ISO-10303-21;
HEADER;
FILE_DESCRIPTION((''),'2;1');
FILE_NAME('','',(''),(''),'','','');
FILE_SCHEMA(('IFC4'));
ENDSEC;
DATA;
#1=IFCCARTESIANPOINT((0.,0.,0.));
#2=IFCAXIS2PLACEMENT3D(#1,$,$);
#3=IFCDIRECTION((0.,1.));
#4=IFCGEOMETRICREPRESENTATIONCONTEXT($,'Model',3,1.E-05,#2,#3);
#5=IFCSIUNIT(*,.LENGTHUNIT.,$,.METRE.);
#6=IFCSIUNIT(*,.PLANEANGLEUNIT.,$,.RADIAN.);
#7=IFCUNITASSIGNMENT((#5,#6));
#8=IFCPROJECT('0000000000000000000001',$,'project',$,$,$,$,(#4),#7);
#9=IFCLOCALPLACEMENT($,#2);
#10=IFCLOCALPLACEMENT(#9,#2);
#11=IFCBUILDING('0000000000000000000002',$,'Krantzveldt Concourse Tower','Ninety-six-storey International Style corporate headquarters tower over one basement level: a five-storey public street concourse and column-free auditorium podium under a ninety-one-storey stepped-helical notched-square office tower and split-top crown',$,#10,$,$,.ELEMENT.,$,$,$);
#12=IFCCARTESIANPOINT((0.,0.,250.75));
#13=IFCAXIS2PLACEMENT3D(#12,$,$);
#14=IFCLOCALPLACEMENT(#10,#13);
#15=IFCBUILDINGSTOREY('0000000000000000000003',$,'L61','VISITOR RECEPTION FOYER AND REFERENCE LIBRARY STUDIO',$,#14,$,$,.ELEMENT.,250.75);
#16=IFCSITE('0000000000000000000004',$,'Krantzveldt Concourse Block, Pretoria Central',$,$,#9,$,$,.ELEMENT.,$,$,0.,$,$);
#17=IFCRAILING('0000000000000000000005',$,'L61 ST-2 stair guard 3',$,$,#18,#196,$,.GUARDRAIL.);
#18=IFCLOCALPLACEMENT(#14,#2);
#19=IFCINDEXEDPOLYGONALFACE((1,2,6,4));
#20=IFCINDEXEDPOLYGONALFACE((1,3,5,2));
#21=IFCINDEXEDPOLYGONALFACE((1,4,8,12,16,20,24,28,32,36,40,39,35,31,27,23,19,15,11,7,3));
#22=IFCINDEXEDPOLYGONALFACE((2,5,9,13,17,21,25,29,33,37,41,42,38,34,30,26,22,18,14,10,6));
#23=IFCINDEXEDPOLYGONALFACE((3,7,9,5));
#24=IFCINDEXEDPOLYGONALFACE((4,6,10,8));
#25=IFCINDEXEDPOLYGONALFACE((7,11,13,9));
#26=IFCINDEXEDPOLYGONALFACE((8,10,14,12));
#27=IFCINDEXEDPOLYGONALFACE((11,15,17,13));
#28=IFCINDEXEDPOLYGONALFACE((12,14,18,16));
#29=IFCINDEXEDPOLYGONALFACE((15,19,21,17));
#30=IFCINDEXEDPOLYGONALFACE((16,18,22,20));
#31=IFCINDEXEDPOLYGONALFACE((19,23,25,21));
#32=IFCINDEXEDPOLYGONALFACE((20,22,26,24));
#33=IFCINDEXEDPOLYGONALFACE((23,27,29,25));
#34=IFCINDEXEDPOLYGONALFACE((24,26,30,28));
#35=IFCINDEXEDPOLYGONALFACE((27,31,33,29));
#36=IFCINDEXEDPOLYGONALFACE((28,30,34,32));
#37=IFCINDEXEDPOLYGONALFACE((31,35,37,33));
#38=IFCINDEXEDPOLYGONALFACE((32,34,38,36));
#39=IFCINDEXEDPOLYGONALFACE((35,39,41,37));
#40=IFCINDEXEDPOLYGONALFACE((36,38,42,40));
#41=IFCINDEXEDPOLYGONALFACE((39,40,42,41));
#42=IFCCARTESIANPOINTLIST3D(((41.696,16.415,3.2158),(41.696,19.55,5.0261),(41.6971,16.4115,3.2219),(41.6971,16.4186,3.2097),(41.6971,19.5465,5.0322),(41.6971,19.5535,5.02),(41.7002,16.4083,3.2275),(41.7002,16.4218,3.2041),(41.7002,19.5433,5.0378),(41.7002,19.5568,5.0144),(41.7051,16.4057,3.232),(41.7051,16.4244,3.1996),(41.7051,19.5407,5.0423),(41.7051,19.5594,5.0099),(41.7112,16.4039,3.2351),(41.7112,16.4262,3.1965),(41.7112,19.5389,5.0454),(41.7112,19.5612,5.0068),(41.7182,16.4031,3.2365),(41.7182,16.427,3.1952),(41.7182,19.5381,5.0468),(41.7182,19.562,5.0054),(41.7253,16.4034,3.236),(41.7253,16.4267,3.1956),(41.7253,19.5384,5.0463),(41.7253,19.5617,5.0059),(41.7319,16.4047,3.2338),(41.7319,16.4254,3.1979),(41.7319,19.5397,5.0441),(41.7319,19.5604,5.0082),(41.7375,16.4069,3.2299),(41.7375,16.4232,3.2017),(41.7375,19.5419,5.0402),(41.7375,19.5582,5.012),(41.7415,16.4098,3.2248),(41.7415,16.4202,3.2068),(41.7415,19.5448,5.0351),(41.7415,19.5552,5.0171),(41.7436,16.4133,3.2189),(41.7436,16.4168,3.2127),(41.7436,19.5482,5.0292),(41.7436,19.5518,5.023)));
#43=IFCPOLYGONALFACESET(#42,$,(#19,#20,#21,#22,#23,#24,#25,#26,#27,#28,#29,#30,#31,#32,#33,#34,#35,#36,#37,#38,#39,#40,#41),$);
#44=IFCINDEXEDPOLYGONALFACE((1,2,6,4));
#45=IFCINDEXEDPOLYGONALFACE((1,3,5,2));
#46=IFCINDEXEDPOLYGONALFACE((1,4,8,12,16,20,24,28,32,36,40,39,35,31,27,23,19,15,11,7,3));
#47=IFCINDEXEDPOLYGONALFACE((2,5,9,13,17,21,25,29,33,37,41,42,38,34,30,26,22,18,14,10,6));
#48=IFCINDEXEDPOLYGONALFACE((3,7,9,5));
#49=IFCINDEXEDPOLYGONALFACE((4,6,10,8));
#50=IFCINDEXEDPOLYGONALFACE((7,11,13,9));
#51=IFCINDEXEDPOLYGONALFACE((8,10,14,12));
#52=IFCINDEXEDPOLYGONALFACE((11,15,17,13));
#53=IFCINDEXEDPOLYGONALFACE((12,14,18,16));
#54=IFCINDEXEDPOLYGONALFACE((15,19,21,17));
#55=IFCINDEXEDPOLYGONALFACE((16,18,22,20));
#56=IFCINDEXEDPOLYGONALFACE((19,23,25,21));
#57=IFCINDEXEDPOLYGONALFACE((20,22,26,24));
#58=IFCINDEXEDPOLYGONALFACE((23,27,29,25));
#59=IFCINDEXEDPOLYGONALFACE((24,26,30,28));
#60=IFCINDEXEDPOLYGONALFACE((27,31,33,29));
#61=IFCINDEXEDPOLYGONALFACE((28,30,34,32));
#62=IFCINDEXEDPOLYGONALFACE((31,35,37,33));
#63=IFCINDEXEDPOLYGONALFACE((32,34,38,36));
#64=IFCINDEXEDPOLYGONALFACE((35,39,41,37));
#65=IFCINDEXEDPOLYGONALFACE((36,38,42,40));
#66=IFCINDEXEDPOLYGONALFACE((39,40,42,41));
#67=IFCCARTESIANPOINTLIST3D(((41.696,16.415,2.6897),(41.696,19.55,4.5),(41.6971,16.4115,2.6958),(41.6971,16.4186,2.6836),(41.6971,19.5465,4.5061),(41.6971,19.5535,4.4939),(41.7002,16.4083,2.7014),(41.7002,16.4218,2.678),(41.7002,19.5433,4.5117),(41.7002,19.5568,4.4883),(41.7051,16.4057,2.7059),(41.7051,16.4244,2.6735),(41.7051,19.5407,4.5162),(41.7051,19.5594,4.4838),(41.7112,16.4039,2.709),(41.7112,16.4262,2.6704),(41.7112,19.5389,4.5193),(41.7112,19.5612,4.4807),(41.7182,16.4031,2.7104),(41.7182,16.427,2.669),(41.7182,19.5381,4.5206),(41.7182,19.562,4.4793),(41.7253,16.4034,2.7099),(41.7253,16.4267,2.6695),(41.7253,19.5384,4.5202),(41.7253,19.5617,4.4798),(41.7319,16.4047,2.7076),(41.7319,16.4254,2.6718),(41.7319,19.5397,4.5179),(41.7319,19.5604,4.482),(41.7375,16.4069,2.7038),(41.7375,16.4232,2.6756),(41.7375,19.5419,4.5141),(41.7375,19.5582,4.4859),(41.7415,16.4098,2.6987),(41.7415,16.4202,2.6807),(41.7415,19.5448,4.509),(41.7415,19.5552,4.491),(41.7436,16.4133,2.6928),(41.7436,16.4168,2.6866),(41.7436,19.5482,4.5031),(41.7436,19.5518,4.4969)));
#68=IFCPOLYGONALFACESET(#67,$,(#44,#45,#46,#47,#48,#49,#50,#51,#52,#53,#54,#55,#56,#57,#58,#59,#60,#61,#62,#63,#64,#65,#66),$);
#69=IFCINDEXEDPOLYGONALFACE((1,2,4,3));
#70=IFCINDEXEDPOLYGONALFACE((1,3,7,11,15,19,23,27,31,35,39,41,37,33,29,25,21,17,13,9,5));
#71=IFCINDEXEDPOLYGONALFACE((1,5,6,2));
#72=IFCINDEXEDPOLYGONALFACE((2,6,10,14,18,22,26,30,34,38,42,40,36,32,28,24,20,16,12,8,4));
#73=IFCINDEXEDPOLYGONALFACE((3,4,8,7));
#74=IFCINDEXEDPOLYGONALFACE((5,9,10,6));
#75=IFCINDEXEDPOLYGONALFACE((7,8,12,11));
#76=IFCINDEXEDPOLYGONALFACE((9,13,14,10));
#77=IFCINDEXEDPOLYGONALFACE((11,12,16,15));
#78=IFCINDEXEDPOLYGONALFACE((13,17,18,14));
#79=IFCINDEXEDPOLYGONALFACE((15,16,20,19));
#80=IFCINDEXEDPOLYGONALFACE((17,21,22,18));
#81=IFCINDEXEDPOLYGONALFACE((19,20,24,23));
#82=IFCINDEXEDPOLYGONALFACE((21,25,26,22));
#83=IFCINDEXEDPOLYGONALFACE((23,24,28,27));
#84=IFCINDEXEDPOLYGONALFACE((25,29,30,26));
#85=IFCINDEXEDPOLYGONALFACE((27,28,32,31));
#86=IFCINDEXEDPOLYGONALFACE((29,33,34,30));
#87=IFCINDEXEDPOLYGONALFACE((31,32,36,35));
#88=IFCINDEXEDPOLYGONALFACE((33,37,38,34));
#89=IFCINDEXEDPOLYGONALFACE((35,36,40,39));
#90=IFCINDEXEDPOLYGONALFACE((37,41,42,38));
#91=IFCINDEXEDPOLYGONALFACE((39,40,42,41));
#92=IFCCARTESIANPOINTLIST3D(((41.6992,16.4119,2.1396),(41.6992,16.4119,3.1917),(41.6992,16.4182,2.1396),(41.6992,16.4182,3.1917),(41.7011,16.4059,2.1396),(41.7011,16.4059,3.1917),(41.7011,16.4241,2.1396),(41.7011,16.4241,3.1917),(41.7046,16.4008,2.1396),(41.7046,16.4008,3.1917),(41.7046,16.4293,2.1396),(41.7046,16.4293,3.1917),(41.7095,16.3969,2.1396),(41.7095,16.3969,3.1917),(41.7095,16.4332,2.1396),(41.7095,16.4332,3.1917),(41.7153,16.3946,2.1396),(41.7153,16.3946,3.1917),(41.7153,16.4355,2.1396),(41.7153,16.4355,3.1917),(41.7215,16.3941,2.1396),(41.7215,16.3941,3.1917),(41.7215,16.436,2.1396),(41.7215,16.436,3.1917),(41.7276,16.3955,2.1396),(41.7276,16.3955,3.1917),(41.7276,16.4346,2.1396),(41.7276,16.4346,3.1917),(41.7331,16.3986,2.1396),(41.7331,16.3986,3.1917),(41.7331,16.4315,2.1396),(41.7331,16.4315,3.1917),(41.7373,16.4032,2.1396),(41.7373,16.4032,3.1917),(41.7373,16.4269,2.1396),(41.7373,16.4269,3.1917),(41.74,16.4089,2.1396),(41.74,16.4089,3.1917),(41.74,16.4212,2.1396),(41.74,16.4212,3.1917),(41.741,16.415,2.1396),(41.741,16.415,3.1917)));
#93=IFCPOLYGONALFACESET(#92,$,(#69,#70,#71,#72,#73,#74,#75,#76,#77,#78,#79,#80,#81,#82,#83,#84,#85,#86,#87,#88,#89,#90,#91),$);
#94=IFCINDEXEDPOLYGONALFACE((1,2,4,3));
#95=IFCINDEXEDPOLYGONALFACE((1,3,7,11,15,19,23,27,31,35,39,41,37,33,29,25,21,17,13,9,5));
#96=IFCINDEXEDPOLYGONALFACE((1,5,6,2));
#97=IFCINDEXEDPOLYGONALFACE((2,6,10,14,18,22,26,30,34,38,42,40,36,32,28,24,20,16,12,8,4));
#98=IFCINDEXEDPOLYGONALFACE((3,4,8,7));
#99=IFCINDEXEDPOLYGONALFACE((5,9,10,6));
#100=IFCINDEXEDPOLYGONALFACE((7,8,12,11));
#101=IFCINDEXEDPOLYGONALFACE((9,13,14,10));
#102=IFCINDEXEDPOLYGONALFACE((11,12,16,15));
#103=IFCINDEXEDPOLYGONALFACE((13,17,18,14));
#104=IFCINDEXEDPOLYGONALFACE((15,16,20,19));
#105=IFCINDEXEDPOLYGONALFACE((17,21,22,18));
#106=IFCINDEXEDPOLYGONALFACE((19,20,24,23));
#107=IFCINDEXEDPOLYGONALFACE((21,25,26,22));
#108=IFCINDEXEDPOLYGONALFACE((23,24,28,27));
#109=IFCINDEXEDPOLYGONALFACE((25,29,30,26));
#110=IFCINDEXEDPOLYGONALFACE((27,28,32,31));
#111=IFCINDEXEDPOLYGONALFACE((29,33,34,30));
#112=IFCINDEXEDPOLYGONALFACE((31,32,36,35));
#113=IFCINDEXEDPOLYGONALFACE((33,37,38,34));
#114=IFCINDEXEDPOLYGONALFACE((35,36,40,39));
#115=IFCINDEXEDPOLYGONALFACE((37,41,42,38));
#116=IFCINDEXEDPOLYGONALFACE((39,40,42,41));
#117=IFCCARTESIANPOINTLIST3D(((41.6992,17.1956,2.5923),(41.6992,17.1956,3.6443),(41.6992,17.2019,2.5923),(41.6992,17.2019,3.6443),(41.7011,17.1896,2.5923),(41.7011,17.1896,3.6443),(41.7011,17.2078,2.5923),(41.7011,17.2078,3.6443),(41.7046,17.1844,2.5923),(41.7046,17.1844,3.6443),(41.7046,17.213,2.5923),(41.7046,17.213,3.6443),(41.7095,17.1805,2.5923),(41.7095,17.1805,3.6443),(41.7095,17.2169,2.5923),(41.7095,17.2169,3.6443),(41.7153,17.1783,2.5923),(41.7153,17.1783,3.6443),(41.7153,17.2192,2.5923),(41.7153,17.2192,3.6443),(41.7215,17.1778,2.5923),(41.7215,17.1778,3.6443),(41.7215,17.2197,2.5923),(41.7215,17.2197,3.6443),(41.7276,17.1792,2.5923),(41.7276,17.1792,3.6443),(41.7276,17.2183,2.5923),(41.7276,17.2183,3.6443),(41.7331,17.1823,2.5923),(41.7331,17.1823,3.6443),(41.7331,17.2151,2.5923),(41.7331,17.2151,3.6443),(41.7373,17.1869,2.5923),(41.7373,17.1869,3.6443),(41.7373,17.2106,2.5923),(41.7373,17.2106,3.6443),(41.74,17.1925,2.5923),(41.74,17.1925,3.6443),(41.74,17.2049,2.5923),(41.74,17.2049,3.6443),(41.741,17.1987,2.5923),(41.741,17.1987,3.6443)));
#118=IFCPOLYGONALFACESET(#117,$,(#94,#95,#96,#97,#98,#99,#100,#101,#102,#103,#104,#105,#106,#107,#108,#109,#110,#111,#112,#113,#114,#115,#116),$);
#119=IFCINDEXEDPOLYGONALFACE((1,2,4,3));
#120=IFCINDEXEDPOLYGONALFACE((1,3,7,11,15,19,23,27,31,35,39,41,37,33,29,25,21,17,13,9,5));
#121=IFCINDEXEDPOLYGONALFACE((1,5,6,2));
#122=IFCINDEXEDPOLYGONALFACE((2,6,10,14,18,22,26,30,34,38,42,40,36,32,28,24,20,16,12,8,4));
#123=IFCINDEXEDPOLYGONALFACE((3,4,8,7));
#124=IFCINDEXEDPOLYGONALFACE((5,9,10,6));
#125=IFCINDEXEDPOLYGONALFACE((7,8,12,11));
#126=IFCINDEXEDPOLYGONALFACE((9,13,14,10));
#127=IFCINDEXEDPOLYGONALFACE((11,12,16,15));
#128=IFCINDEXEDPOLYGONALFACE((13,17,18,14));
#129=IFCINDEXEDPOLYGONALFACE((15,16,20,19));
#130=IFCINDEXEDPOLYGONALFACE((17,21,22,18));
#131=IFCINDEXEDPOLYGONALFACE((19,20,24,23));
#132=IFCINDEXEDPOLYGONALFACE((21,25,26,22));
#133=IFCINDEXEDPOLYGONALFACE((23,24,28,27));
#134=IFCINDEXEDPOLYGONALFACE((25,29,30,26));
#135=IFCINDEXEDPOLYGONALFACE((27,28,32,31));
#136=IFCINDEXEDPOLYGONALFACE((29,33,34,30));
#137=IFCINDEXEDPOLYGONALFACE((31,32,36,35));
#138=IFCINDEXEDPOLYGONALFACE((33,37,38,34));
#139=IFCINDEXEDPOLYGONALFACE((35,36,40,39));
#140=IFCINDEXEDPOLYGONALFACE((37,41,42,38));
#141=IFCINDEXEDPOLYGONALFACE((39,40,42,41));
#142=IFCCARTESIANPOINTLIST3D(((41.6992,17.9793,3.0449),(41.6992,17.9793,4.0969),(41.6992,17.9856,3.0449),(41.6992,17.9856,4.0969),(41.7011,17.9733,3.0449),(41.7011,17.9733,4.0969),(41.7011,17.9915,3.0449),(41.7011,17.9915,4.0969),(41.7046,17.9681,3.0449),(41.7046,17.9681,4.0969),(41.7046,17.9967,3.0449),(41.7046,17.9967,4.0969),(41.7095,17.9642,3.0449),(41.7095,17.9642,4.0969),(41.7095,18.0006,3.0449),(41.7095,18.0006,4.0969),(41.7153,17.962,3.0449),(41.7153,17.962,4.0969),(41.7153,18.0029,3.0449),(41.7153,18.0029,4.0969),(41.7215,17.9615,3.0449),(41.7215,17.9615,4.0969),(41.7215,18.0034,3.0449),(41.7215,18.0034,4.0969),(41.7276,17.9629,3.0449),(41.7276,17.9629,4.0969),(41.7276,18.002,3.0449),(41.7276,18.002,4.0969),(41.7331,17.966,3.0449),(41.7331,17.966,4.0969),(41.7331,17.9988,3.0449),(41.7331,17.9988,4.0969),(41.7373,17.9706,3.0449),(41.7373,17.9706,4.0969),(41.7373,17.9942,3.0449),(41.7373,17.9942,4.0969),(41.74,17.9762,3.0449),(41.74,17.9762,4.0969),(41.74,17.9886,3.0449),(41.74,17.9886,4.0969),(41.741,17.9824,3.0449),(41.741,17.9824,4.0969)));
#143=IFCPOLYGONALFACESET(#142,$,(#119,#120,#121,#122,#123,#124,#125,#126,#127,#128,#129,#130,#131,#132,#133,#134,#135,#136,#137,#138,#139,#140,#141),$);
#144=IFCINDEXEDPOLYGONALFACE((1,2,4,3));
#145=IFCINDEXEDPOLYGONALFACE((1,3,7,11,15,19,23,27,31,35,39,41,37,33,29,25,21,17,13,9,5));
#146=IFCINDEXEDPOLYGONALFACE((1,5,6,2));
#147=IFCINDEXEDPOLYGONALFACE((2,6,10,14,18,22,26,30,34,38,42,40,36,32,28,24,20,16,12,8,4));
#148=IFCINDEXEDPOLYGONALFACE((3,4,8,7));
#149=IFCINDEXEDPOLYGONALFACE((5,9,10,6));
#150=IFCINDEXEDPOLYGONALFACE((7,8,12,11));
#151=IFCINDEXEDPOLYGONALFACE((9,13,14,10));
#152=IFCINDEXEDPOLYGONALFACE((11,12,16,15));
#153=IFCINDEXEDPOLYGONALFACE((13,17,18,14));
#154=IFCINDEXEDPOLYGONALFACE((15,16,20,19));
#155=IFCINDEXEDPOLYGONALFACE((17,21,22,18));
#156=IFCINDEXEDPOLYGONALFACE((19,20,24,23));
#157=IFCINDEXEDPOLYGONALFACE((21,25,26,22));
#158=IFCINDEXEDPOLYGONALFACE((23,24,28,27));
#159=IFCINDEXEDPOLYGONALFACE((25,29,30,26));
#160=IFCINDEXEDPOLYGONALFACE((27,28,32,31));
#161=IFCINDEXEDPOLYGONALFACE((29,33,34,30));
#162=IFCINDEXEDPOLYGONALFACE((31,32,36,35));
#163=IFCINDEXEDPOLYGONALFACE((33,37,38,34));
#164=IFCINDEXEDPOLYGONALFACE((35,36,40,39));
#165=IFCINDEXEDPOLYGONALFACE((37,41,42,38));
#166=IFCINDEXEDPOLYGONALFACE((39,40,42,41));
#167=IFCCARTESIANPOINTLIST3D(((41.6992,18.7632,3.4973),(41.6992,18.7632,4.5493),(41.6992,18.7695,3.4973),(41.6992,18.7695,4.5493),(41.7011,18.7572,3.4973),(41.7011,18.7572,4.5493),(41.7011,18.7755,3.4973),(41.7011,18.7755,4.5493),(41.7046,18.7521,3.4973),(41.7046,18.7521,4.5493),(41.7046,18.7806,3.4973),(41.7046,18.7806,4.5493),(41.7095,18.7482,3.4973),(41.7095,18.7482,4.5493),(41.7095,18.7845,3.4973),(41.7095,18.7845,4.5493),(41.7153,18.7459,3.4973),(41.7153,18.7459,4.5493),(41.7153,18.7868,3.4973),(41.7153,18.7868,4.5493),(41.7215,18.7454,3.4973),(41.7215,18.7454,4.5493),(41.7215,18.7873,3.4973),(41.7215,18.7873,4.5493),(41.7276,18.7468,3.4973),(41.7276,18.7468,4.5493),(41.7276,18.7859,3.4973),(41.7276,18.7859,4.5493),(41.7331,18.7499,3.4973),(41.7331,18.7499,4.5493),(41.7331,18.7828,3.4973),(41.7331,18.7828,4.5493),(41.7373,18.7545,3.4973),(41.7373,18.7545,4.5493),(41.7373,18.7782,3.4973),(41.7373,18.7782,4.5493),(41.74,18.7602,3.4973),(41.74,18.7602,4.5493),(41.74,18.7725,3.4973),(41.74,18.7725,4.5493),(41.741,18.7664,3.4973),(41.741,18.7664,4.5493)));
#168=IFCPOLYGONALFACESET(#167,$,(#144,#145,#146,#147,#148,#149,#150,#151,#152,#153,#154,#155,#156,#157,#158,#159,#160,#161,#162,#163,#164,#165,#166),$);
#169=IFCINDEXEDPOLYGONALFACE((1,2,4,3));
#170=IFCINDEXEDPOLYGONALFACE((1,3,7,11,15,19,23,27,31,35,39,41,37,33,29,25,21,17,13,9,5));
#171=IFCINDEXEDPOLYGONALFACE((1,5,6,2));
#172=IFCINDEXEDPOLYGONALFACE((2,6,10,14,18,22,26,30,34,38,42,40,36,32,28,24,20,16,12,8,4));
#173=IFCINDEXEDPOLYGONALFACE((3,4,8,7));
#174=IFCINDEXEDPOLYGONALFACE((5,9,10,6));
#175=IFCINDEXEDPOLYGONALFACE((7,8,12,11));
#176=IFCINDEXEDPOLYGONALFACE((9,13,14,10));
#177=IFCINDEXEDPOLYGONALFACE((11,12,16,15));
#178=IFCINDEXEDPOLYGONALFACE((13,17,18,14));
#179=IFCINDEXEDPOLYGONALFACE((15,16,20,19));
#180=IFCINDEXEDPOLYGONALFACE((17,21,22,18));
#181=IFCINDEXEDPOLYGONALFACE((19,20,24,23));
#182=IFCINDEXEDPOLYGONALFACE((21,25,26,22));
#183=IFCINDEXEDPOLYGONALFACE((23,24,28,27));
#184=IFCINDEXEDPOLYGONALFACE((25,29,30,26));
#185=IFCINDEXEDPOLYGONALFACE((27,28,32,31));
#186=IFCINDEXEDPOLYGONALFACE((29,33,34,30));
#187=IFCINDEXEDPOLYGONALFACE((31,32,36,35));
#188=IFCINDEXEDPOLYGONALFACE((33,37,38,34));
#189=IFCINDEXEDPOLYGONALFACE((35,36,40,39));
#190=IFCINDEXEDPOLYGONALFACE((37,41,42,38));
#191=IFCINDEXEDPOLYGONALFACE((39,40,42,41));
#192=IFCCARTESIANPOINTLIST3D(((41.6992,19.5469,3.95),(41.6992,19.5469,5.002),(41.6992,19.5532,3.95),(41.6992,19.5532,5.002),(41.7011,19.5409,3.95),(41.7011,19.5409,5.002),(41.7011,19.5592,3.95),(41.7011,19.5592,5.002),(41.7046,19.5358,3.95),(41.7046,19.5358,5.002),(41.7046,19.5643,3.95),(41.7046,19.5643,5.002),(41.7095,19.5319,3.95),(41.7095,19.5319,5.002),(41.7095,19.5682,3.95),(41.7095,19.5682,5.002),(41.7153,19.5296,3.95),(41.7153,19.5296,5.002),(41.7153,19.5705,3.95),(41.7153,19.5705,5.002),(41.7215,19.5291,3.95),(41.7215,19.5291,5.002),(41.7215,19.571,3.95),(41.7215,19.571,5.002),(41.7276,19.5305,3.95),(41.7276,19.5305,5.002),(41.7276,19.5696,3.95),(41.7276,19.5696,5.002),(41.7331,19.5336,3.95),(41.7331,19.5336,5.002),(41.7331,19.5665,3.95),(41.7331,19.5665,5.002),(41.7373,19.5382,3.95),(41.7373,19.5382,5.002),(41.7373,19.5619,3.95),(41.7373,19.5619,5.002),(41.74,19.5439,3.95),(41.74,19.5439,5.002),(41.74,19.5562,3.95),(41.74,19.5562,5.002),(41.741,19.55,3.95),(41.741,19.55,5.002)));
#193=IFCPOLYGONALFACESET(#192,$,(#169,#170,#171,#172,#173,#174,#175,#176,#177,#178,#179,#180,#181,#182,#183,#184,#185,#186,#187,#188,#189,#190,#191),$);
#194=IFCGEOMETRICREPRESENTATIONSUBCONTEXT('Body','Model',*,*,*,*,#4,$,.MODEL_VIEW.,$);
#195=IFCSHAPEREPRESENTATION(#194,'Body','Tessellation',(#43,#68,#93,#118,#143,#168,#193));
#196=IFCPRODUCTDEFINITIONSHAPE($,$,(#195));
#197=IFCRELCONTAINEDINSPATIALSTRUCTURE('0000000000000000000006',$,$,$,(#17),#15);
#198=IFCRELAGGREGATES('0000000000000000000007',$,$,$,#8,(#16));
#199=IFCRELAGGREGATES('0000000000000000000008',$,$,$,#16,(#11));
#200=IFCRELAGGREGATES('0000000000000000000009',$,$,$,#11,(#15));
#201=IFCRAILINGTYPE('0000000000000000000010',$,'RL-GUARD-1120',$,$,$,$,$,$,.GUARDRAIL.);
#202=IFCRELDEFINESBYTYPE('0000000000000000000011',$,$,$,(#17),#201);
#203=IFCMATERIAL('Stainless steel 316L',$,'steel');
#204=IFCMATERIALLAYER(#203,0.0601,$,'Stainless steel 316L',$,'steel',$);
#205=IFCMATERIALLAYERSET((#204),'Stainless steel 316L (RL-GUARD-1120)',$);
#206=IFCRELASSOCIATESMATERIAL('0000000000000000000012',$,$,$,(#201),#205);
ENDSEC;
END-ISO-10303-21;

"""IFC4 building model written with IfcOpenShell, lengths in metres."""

from ifc_helpers import new_model, si_unit, direction, frame, origin, origin_2d, place, context, subcontext, project, spatial, circle, extrude, material, layer, layer_set, type_object, element, save


model = new_model("IFC4")

# Units and contexts
model_context = context("Model", 3, precision=1e-05, world=origin(), true_north=direction((0.0, 1.0)))
body_context = subcontext(model_context, "Body", "Model", "MODEL_VIEW")
ifc_project = project(units=[si_unit("LENGTHUNIT", "METRE"), si_unit("PLANEANGLEUNIT", "RADIAN")], contexts=[model_context])

# Site, building, storey
site_placement = place(None, origin())
site = spatial("IfcSite", under=ifc_project, at=site_placement, Name="Krantzveldt Concourse Block, Pretoria Central", CompositionType="ELEMENT", RefElevation=0.0)
building_placement = place(site_placement, origin())
building = spatial("IfcBuilding", under=site, at=building_placement, Name="Krantzveldt Concourse Tower", Description="Ninety-six-storey International Style corporate headquarters tower over one basement level: a five-storey public street concourse and column-free auditorium podium under a ninety-one-storey stepped-helical notched-square office tower and split-top crown", CompositionType="ELEMENT")
storey_placement = place(building_placement, frame((0.0, 0.0, 250.75)))
storey = spatial("IfcBuildingStorey", under=building, at=storey_placement, Name="L61", Description="VISITOR RECEPTION FOYER AND REFERENCE LIBRARY STUDIO", CompositionType="ELEMENT", Elevation=250.75)

# Shared definitions
ifc_material_1 = material(Name="Stainless steel 316L", Category="steel")

# Railing
ifc_layer_1 = layer(ifc_material_1, 0.0601, Name="Stainless steel 316L", Category="steel")
ifc_layer_set_1 = layer_set([ifc_layer_1], Name="Stainless steel 316L (RL-GUARD-1120)")
railing_type_1 = type_object("IfcRailingType", Name="RL-GUARD-1120", PredefinedType="GUARDRAIL", material=ifc_layer_set_1)
railing_1_placement = place(storey_placement, frame((41.72, 16.415, 2.1396)))
element("IfcRailing", 1, at=railing_1_placement, inside=storey, type_object=railing_type_1, Name="L61 ST-2 stair guard 3", PredefinedType="GUARDRAIL", context=body_context, shape_type="SweptSolid", body=[
    extrude(circle(Radius=0.0239, at=origin_2d()), frame((0.0, 0.0, 1.0762), z_axis=(0.0, 0.865989, 0.500063), x_axis=(-1.0, 0.0, 0.0)), (0.0, 0.0, 1.0), 3.6201),
    extrude(circle(Radius=0.0239, at=origin_2d()), frame((0.0, 0.0, 0.55), z_axis=(0.0, 0.865989, 0.500063), x_axis=(-1.0, 0.0, 0.0)), (0.0, 0.0, 1.0), 3.6201),
    extrude(circle(Radius=0.021, at=origin_2d()), origin(), (0.0, 0.0, 1.0), 1.052),
    extrude(circle(Radius=0.021, at=origin_2d()), frame((0.0, 0.7837, 0.4526)), (0.0, 0.0, 1.0), 1.052),
    extrude(circle(Radius=0.021, at=origin_2d()), frame((0.0, 1.5674, 0.9053)), (0.0, 0.0, 1.0), 1.052),
    extrude(circle(Radius=0.021, at=origin_2d()), frame((0.0, 2.3513, 1.3577)), (0.0, 0.0, 1.0), 1.052),
    extrude(circle(Radius=0.021, at=origin_2d()), frame((0.0, 3.135, 1.8103)), (0.0, 0.0, 1.0), 1.052),
])

save(model, "model.ifc")
